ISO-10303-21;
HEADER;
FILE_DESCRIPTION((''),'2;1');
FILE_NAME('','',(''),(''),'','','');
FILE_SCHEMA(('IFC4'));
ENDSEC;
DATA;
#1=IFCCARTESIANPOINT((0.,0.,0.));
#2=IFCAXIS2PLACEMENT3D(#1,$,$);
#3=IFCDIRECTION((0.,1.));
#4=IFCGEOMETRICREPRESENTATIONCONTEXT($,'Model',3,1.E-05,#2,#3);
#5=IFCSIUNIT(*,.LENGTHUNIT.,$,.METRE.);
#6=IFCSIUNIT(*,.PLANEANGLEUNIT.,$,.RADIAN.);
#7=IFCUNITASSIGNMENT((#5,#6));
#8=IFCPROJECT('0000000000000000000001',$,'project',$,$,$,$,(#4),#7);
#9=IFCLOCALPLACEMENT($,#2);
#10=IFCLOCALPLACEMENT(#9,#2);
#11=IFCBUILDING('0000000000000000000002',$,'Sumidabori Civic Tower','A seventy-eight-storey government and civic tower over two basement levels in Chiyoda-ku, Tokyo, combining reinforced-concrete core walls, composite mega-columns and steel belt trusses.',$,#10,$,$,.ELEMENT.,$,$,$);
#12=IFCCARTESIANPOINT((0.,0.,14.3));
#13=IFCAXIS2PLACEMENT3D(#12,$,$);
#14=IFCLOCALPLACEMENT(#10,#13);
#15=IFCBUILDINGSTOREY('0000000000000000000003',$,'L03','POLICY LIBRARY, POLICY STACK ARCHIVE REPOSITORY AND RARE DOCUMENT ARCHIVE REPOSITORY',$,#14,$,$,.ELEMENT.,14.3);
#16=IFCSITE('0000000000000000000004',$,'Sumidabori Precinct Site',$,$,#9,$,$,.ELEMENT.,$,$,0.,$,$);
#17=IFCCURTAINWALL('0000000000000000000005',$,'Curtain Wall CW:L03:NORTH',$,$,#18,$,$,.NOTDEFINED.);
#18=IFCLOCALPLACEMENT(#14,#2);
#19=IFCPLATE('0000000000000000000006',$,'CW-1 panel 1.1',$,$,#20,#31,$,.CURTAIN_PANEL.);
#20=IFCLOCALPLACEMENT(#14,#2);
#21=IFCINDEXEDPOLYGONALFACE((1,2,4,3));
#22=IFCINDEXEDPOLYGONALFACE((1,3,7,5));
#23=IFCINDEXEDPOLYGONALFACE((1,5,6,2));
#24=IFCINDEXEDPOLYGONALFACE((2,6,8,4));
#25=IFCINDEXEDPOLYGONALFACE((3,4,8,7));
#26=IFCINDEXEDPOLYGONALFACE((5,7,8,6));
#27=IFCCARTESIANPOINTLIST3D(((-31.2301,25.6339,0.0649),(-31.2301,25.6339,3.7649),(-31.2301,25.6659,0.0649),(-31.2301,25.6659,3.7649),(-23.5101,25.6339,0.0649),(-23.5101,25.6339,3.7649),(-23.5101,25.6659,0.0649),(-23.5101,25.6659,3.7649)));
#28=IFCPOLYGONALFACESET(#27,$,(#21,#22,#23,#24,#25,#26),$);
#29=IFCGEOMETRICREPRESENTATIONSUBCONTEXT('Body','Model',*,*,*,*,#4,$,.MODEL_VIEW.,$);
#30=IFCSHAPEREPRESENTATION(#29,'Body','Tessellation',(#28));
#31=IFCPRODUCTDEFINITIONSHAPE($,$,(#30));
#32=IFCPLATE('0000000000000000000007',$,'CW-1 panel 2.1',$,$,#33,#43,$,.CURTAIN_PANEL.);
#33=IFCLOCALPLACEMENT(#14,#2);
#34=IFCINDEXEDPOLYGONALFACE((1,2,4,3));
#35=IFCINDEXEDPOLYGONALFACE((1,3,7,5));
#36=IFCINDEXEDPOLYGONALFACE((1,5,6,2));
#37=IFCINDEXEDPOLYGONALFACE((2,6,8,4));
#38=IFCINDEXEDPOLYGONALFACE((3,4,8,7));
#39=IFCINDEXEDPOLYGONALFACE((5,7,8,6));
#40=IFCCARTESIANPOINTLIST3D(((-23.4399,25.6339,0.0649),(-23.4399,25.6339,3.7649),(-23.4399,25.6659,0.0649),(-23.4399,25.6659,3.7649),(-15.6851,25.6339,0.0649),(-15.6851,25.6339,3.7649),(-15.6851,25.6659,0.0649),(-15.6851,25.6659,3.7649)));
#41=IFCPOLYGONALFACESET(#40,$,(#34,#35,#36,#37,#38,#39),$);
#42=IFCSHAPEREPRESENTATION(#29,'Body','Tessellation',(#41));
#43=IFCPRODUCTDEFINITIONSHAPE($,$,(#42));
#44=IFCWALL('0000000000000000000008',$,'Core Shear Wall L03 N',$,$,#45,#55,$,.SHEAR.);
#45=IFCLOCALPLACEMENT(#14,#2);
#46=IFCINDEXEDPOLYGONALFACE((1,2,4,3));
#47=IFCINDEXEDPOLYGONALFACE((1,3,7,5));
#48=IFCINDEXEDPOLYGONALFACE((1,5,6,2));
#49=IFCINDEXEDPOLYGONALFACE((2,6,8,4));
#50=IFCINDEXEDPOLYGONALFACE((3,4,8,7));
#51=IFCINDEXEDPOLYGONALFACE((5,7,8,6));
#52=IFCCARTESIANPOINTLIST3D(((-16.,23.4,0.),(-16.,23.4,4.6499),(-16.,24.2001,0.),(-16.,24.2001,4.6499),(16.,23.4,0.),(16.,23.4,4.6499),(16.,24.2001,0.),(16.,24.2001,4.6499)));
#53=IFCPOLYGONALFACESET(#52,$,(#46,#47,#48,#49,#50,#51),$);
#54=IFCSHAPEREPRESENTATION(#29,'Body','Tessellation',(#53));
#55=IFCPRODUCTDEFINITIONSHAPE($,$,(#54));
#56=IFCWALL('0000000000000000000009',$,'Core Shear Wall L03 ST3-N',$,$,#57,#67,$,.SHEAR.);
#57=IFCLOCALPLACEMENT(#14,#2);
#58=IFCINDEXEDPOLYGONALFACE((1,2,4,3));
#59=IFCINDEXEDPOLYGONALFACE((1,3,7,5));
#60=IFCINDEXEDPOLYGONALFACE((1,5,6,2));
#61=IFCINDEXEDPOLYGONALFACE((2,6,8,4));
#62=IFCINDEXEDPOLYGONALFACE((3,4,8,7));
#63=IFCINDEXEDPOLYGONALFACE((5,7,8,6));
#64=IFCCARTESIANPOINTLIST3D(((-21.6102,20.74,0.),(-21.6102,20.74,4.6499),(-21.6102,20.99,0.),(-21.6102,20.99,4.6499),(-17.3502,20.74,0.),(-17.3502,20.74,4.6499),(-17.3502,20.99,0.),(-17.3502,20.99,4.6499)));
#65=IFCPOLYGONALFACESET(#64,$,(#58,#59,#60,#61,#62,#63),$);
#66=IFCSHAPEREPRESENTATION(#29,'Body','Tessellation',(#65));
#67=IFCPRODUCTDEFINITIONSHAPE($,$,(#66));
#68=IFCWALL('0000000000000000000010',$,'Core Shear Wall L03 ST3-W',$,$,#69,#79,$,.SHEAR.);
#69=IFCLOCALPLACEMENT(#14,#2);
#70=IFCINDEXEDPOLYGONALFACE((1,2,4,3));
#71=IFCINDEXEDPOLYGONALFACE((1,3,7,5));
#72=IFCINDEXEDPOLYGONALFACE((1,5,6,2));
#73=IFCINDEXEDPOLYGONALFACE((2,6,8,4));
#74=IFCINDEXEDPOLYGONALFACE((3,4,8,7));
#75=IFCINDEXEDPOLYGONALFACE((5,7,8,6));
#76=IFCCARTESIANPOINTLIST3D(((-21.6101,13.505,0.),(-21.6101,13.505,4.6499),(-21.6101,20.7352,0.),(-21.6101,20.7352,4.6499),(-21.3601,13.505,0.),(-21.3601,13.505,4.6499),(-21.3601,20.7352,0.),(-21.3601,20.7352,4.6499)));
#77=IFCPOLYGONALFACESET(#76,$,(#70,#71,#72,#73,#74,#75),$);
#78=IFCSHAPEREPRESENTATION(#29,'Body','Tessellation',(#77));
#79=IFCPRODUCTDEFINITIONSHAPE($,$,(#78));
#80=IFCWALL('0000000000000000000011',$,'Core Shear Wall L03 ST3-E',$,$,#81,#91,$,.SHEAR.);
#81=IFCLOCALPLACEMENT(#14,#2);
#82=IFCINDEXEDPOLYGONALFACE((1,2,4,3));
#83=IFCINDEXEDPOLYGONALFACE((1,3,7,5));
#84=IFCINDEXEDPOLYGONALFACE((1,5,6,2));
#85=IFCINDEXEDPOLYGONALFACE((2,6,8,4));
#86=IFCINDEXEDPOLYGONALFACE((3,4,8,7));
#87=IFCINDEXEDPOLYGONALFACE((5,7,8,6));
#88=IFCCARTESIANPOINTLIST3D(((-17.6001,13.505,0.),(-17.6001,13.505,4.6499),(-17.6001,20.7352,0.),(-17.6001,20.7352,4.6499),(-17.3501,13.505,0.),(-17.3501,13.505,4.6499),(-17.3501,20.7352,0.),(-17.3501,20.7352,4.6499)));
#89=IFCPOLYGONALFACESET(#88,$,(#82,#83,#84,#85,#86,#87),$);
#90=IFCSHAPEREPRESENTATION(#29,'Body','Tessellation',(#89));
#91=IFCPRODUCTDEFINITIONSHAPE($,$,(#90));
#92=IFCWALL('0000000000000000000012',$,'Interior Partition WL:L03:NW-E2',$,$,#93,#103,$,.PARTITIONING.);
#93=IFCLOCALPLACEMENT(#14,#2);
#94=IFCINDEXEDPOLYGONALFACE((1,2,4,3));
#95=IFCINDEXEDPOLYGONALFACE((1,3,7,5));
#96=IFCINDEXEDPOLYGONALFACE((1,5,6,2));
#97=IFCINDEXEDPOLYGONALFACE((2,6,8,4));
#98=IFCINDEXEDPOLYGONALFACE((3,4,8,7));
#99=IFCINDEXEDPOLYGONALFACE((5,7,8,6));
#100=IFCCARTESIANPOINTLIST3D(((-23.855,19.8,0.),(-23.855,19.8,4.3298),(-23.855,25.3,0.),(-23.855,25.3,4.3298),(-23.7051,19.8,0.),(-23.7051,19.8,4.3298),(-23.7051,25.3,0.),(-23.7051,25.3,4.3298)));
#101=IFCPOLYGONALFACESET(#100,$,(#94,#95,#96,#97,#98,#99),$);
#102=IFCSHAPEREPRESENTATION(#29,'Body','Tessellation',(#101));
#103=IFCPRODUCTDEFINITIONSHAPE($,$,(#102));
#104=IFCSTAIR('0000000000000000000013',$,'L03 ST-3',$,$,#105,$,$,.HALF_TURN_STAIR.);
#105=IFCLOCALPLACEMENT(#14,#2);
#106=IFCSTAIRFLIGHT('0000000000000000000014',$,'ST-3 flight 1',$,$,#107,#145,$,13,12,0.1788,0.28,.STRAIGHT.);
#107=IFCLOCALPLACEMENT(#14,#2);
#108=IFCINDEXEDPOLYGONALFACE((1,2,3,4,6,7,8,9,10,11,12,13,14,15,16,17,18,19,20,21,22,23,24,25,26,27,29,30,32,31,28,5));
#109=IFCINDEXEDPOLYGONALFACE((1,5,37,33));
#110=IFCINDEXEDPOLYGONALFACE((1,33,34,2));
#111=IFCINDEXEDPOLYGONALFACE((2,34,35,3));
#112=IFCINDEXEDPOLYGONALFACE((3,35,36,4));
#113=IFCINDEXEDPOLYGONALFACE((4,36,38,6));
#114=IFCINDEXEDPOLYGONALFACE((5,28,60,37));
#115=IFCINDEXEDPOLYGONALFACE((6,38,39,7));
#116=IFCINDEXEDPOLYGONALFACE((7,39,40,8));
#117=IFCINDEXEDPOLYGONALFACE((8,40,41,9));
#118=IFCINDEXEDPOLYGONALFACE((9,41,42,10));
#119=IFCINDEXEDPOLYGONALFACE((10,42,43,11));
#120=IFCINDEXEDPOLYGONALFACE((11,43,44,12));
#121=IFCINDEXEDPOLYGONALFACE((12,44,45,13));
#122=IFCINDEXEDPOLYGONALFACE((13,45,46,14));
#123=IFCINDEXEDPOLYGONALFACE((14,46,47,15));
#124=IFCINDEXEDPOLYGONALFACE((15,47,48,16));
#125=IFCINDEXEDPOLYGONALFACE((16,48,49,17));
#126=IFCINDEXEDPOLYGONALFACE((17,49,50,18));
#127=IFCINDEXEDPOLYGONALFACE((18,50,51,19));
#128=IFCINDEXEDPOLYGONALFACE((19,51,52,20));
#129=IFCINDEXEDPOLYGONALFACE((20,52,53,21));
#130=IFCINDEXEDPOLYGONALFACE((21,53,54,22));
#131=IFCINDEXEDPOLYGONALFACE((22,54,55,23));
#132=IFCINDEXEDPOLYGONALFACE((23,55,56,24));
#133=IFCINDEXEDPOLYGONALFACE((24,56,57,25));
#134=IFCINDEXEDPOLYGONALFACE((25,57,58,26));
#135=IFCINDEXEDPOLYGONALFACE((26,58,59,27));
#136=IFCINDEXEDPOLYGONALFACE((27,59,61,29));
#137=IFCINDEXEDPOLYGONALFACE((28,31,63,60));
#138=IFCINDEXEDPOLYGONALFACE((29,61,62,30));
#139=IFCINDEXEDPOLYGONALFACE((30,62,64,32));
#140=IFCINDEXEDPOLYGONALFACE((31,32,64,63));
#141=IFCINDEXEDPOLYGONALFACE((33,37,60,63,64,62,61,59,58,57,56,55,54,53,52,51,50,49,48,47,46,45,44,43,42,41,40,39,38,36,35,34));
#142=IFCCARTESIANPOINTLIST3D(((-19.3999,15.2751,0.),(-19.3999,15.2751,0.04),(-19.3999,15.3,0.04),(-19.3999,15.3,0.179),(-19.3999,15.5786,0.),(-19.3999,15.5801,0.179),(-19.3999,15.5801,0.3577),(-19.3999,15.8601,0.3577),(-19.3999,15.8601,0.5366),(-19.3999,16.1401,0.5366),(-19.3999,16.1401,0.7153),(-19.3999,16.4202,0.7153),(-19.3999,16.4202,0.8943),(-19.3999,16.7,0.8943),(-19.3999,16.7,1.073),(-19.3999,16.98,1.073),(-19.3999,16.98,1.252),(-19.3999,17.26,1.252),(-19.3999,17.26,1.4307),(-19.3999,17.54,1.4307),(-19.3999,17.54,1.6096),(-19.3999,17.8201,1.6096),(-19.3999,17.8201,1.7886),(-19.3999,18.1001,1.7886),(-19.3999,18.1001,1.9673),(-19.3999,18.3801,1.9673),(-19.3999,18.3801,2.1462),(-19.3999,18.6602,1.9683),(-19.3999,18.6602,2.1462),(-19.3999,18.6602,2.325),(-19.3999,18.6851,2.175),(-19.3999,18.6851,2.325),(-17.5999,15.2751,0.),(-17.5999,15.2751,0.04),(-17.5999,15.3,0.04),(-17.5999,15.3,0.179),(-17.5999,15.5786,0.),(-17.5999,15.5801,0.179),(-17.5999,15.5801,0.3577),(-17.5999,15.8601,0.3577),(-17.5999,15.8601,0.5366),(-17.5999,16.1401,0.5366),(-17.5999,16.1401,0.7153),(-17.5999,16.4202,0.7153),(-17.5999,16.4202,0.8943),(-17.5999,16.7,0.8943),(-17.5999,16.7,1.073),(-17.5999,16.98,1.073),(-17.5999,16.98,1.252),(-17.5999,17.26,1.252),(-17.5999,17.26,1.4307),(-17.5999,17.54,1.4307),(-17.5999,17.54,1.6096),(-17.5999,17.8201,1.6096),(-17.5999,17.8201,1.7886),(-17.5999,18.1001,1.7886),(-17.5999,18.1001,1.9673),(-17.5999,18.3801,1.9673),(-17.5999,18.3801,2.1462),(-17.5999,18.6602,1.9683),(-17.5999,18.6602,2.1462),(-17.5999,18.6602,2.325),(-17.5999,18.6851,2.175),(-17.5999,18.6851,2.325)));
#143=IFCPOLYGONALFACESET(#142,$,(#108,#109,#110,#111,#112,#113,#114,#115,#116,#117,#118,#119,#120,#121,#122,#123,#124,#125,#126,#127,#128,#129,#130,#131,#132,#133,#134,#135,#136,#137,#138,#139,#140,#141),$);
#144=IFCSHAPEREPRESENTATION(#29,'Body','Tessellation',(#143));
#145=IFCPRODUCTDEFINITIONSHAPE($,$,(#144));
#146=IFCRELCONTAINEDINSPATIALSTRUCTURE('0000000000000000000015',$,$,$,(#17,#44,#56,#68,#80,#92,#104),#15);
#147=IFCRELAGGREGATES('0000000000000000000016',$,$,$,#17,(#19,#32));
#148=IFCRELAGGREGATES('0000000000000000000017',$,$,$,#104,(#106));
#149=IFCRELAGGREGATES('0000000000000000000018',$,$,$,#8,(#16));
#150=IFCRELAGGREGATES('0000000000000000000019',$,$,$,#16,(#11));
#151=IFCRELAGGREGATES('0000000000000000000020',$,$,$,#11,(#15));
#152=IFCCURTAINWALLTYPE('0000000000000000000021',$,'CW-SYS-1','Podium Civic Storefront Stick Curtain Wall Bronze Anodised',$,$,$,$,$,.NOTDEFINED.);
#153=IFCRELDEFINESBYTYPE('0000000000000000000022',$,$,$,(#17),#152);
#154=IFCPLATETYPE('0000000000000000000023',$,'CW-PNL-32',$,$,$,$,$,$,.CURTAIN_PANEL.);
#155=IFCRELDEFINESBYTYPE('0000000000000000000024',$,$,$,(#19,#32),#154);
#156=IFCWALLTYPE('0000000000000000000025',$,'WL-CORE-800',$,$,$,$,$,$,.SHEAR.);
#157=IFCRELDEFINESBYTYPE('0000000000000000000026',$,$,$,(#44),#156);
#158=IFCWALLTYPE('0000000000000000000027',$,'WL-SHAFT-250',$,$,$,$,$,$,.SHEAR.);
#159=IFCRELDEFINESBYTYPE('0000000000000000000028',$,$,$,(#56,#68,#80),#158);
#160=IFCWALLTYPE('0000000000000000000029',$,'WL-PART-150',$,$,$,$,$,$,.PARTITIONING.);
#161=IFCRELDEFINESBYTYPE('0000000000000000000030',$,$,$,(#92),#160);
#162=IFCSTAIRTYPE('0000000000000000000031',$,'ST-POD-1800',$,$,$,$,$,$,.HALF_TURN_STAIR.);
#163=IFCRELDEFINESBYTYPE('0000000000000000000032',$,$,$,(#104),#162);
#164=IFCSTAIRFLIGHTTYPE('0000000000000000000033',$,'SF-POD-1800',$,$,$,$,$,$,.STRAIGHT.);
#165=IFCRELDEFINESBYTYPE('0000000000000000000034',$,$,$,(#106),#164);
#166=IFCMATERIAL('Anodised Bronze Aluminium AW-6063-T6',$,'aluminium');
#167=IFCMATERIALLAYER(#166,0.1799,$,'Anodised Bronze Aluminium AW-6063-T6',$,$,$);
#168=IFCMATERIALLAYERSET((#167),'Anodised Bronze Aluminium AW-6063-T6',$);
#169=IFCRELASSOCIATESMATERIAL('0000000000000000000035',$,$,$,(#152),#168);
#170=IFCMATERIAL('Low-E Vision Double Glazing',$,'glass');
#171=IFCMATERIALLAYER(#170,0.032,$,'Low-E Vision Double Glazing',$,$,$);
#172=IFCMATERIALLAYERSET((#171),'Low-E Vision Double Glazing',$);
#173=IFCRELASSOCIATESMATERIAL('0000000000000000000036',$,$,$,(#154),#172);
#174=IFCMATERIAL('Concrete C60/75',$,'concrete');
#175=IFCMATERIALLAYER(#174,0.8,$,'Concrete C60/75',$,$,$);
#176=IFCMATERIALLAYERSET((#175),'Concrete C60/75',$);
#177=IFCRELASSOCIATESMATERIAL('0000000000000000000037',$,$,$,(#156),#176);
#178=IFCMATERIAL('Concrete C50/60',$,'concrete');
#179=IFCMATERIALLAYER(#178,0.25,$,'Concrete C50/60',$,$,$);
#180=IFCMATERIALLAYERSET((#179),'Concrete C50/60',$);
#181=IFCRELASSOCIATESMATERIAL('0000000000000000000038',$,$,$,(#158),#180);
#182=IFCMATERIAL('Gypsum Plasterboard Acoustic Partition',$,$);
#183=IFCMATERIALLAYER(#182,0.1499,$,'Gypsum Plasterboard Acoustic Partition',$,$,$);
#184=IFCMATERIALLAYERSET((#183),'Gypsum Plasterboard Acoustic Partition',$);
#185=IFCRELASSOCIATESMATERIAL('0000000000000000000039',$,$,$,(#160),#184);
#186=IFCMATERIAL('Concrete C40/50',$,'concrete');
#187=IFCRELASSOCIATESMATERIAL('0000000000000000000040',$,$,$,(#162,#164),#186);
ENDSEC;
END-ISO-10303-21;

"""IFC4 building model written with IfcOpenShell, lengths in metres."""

from ifc_helpers import new_model, si_unit, direction, frame, frame_2d, origin, origin_2d, place, context, subcontext, project, spatial, polyline, rectangle, outline, extrude, source, transform, mapped, material, layer, layer_set, type_object, element, aggregate, save


model = new_model("IFC4")

# Units and contexts
model_context = context("Model", 3, precision=1e-05, world=origin(), true_north=direction((0.0, 1.0)))
body_context = subcontext(model_context, "Body", "Model", "MODEL_VIEW")
ifc_project = project(units=[si_unit("LENGTHUNIT", "METRE"), si_unit("PLANEANGLEUNIT", "RADIAN")], contexts=[model_context])

# Site, building, storey
site_placement = place(None, origin())
site = spatial("IfcSite", under=ifc_project, at=site_placement, Name="Sumidabori Precinct Site", CompositionType="ELEMENT", RefElevation=0.0)
building_placement = place(site_placement, origin())
building = spatial("IfcBuilding", under=site, at=building_placement, Name="Sumidabori Civic Tower", Description="A seventy-eight-storey government and civic tower over two basement levels in Chiyoda-ku, Tokyo, combining reinforced-concrete core walls, composite mega-columns and steel belt trusses.", CompositionType="ELEMENT")
storey_placement = place(building_placement, frame((0.0, 0.0, 14.3)))
storey = spatial("IfcBuildingStorey", under=building, at=storey_placement, Name="L03", Description="POLICY LIBRARY, POLICY STACK ARCHIVE REPOSITORY AND RARE DOCUMENT ARCHIVE REPOSITORY", CompositionType="ELEMENT", Elevation=14.3)

# Shared definitions
ifc_material_1 = material(Name="Concrete C60/75", Category="concrete")

# Curtain wall, plates
ifc_material_2 = material(Name="Anodised Bronze Aluminium AW-6063-T6", Category="aluminium")
ifc_layer_1 = layer(ifc_material_2, 0.1799, Name="Anodised Bronze Aluminium AW-6063-T6")
ifc_layer_set_1 = layer_set([ifc_layer_1], Name="Anodised Bronze Aluminium AW-6063-T6")
curtain_wall_type = type_object("IfcCurtainWallType", Name="CW-SYS-1", Description="Podium Civic Storefront Stick Curtain Wall Bronze Anodised", PredefinedType="NOTDEFINED", material=ifc_layer_set_1)
curtain_wall_placement = place(storey_placement, origin())
curtain_wall = element("IfcCurtainWall", 1, at=curtain_wall_placement, inside=storey, type_object=curtain_wall_type, Name="Curtain Wall CW:L03:NORTH", PredefinedType="NOTDEFINED")
ifc_material_3 = material(Name="Low-E Vision Double Glazing", Category="glass")
ifc_layer_2 = layer(ifc_material_3, 0.032, Name="Low-E Vision Double Glazing")
ifc_layer_set_2 = layer_set([ifc_layer_2], Name="Low-E Vision Double Glazing")
plate_type = type_object("IfcPlateType", Name="CW-PNL-32", PredefinedType="CURTAIN_PANEL", material=ifc_layer_set_2)
shared_shape_1 = source(origin(), body_context, "Body", "SweptSolid", [
    extrude(rectangle(XDim=7.72, YDim=0.032, at=origin_2d()), origin(), (0.0, 0.0, 1.0), 3.7),
])
plate_1_placement = place(storey_placement, frame((-27.3701, 25.6499, 0.0649), z_axis=(0.0, 0.0, 1.0), x_axis=(1.0, 0.0, 0.0)))
plate_1 = element("IfcPlate", 2, at=plate_1_placement, type_object=plate_type, Name="CW-1 panel 1.1", PredefinedType="CURTAIN_PANEL", context=body_context, shape_type="MappedRepresentation", body=[
    mapped(shared_shape_1, transform((0.0, 0.0, 0.0), x_axis=(1.0, 0.0, 0.0), y_axis=(0.0, 1.0, 0.0), z_axis=(0.0, 0.0, 1.0), scale=1.0)),
])
shared_shape_2 = source(origin(), body_context, "Body", "SweptSolid", [
    extrude(rectangle(XDim=7.7549, YDim=0.032, at=origin_2d()), origin(), (0.0, 0.0, 1.0), 3.7),
])
plate_2_placement = place(storey_placement, frame((-19.5625, 25.6499, 0.0649), z_axis=(0.0, 0.0, 1.0), x_axis=(1.0, 0.0, 0.0)))
plate_2 = element("IfcPlate", 3, at=plate_2_placement, type_object=plate_type, Name="CW-1 panel 2.1", PredefinedType="CURTAIN_PANEL", context=body_context, shape_type="MappedRepresentation", body=[
    mapped(shared_shape_2, transform((0.0, 0.0, 0.0), x_axis=(1.0, 0.0, 0.0), y_axis=(0.0, 1.0, 0.0), z_axis=(0.0, 0.0, 1.0), scale=1.0)),
])
aggregate(curtain_wall, [plate_1, plate_2])

# Walls
ifc_layer_3 = layer(ifc_material_1, 0.8, Name="Concrete C60/75")
ifc_layer_set_3 = layer_set([ifc_layer_3], Name="Concrete C60/75")
wall_type_1 = type_object("IfcWallType", Name="WL-CORE-800", PredefinedType="SHEAR", material=ifc_layer_set_3)
shared_shape_3 = source(origin(), body_context, "Body", "SweptSolid", [
    extrude(rectangle(XDim=32.0, YDim=0.8, at=frame_2d((16.0, 0.0))), origin(), (0.0, 0.0, 1.0), 4.6499),
])
wall_1_placement = place(storey_placement, frame((-16.0, 23.8, 0.0), z_axis=(0.0, 0.0, 1.0), x_axis=(1.0, 0.0, 0.0)))
element("IfcWall", 4, at=wall_1_placement, inside=storey, type_object=wall_type_1, Name="Core Shear Wall L03 N", PredefinedType="SHEAR", context=body_context, shape_type="MappedRepresentation", body=[
    mapped(shared_shape_3, transform((0.0, 0.0, 0.0), x_axis=(1.0, 0.0, 0.0), y_axis=(0.0, 1.0, 0.0), z_axis=(0.0, 0.0, 1.0), scale=1.0)),
])
ifc_material_4 = material(Name="Concrete C50/60", Category="concrete")
ifc_layer_4 = layer(ifc_material_4, 0.25, Name="Concrete C50/60")
ifc_layer_set_4 = layer_set([ifc_layer_4], Name="Concrete C50/60")
wall_type_2 = type_object("IfcWallType", Name="WL-SHAFT-250", PredefinedType="SHEAR", material=ifc_layer_set_4)
shared_shape_4 = source(origin(), body_context, "Body", "SweptSolid", [
    extrude(rectangle(XDim=4.26, YDim=0.25, at=frame_2d((2.1299, 0.0))), origin(), (0.0, 0.0, 1.0), 4.6499),
])
wall_2_placement = place(storey_placement, frame((-21.6101, 20.865, 0.0), z_axis=(0.0, 0.0, 1.0), x_axis=(1.0, 0.0, 0.0)))
element("IfcWall", 5, at=wall_2_placement, inside=storey, type_object=wall_type_2, Name="Core Shear Wall L03 ST3-N", PredefinedType="SHEAR", context=body_context, shape_type="MappedRepresentation", body=[
    mapped(shared_shape_4, transform((0.0, 0.0, 0.0), x_axis=(1.0, 0.0, 0.0), y_axis=(0.0, 1.0, 0.0), z_axis=(0.0, 0.0, 1.0), scale=1.0)),
])
shared_shape_5 = source(origin(), body_context, "Body", "SweptSolid", [
    extrude(rectangle(XDim=7.2302, YDim=0.25, at=frame_2d((3.6152, 0.0))), origin(), (0.0, 0.0, 1.0), 4.6499),
])
for number, where, z_axis, x_axis, name in (
    (6, (-21.4851, 13.5049, 0.0), (0.0, 0.0, 1.0), (0.0, 1.0, 0.0), "Core Shear Wall L03 ST3-W"),
    (7, (-17.4751, 13.5049, 0.0), (0.0, 0.0, 1.0), (0.0, 1.0, 0.0), "Core Shear Wall L03 ST3-E"),
):
    element("IfcWall", number, at=place(storey_placement, frame(where, z_axis=z_axis, x_axis=x_axis)), inside=storey, type_object=wall_type_2, Name=name, PredefinedType="SHEAR", context=body_context, shape_type="MappedRepresentation", body=[
        mapped(shared_shape_5, transform((0.0, 0.0, 0.0), x_axis=(1.0, 0.0, 0.0), y_axis=(0.0, 1.0, 0.0), z_axis=(0.0, 0.0, 1.0), scale=1.0)),
    ])
ifc_material_5 = material(Name="Gypsum Plasterboard Acoustic Partition")
ifc_layer_5 = layer(ifc_material_5, 0.1499, Name="Gypsum Plasterboard Acoustic Partition")
ifc_layer_set_5 = layer_set([ifc_layer_5], Name="Gypsum Plasterboard Acoustic Partition")
wall_type_3 = type_object("IfcWallType", Name="WL-PART-150", PredefinedType="PARTITIONING", material=ifc_layer_set_5)
shared_shape_6 = source(origin(), body_context, "Body", "SweptSolid", [
    extrude(rectangle(XDim=5.5, YDim=0.1499, at=frame_2d((2.75, 0.0))), origin(), (0.0, 0.0, 1.0), 4.3298),
])
wall_3_placement = place(storey_placement, frame((-23.78, 19.8, 0.0), z_axis=(0.0, 0.0, 1.0), x_axis=(0.0, 1.0, 0.0)))
element("IfcWall", 8, at=wall_3_placement, inside=storey, type_object=wall_type_3, Name="Interior Partition WL:L03:NW-E2", PredefinedType="PARTITIONING", context=body_context, shape_type="MappedRepresentation", body=[
    mapped(shared_shape_6, transform((0.0, 0.0, 0.0), x_axis=(1.0, 0.0, 0.0), y_axis=(0.0, 1.0, 0.0), z_axis=(0.0, 0.0, 1.0), scale=1.0)),
])

# Stair, stair flight
ifc_material_6 = material(Name="Concrete C40/50", Category="concrete")
stair_type = type_object("IfcStairType", Name="ST-POD-1800", PredefinedType="HALF_TURN_STAIR", material=ifc_material_6)
stair_placement = place(storey_placement, origin())
stair = element("IfcStair", 9, at=stair_placement, inside=storey, type_object=stair_type, Name="L03 ST-3", PredefinedType="HALF_TURN_STAIR")
stair_flight_type = type_object("IfcStairFlightType", Name="SF-POD-1800", PredefinedType="STRAIGHT", material=ifc_material_6)
shared_shape_7 = source(origin(), body_context, "Body", "SweptSolid", [
    extrude(outline(polyline([(-0.0249, 0.0), (-0.0249, 0.04), (0.0, 0.04), (0.0, 0.179), (0.28, 0.179), (0.28, 0.3577), (0.5601, 0.3577), (0.5601, 0.5366), (0.8401, 0.5366), (0.8401, 0.7153), (1.1201, 0.7153), (1.1201, 0.8943), (1.3999, 0.8943), (1.3999, 1.073), (1.6799, 1.073), (1.6799, 1.252), (1.96, 1.252), (1.96, 1.4307), (2.24, 1.4307), (2.24, 1.6096), (2.52, 1.6096), (2.52, 1.7886), (2.8, 1.7886), (2.8, 1.9673), (3.0801, 1.9673), (3.0801, 2.1462), (3.3601, 2.1462), (3.3601, 2.325), (3.385, 2.325), (3.385, 2.175), (3.3601, 1.9683), (0.2786, 0.0), (-0.0249, 0.0)])), frame((0.0, 0.8999, 0.0), z_axis=(0.0, -1.0, 0.0), x_axis=(1.0, 0.0, 0.0)), (0.0, 0.0, 1.0), 1.8),
])
stair_flight_1_placement = place(storey_placement, frame((-18.5, 15.3, 0.0), z_axis=(0.0, 0.0, 1.0), x_axis=(0.0, 1.0, 0.0)))
stair_flight_1 = element("IfcStairFlight", 10, at=stair_flight_1_placement, type_object=stair_flight_type, Name="ST-3 flight 1", NumberOfRisers=13, NumberOfTreads=12, PredefinedType="STRAIGHT", RiserHeight=0.1788, TreadLength=0.28, context=body_context, shape_type="MappedRepresentation", body=[
    mapped(shared_shape_7, transform((0.0, 0.0, 0.0), x_axis=(1.0, 0.0, 0.0), y_axis=(0.0, 1.0, 0.0), z_axis=(0.0, 0.0, 1.0), scale=1.0)),
])
aggregate(stair, [stair_flight_1])

save(model, "model.ifc")
